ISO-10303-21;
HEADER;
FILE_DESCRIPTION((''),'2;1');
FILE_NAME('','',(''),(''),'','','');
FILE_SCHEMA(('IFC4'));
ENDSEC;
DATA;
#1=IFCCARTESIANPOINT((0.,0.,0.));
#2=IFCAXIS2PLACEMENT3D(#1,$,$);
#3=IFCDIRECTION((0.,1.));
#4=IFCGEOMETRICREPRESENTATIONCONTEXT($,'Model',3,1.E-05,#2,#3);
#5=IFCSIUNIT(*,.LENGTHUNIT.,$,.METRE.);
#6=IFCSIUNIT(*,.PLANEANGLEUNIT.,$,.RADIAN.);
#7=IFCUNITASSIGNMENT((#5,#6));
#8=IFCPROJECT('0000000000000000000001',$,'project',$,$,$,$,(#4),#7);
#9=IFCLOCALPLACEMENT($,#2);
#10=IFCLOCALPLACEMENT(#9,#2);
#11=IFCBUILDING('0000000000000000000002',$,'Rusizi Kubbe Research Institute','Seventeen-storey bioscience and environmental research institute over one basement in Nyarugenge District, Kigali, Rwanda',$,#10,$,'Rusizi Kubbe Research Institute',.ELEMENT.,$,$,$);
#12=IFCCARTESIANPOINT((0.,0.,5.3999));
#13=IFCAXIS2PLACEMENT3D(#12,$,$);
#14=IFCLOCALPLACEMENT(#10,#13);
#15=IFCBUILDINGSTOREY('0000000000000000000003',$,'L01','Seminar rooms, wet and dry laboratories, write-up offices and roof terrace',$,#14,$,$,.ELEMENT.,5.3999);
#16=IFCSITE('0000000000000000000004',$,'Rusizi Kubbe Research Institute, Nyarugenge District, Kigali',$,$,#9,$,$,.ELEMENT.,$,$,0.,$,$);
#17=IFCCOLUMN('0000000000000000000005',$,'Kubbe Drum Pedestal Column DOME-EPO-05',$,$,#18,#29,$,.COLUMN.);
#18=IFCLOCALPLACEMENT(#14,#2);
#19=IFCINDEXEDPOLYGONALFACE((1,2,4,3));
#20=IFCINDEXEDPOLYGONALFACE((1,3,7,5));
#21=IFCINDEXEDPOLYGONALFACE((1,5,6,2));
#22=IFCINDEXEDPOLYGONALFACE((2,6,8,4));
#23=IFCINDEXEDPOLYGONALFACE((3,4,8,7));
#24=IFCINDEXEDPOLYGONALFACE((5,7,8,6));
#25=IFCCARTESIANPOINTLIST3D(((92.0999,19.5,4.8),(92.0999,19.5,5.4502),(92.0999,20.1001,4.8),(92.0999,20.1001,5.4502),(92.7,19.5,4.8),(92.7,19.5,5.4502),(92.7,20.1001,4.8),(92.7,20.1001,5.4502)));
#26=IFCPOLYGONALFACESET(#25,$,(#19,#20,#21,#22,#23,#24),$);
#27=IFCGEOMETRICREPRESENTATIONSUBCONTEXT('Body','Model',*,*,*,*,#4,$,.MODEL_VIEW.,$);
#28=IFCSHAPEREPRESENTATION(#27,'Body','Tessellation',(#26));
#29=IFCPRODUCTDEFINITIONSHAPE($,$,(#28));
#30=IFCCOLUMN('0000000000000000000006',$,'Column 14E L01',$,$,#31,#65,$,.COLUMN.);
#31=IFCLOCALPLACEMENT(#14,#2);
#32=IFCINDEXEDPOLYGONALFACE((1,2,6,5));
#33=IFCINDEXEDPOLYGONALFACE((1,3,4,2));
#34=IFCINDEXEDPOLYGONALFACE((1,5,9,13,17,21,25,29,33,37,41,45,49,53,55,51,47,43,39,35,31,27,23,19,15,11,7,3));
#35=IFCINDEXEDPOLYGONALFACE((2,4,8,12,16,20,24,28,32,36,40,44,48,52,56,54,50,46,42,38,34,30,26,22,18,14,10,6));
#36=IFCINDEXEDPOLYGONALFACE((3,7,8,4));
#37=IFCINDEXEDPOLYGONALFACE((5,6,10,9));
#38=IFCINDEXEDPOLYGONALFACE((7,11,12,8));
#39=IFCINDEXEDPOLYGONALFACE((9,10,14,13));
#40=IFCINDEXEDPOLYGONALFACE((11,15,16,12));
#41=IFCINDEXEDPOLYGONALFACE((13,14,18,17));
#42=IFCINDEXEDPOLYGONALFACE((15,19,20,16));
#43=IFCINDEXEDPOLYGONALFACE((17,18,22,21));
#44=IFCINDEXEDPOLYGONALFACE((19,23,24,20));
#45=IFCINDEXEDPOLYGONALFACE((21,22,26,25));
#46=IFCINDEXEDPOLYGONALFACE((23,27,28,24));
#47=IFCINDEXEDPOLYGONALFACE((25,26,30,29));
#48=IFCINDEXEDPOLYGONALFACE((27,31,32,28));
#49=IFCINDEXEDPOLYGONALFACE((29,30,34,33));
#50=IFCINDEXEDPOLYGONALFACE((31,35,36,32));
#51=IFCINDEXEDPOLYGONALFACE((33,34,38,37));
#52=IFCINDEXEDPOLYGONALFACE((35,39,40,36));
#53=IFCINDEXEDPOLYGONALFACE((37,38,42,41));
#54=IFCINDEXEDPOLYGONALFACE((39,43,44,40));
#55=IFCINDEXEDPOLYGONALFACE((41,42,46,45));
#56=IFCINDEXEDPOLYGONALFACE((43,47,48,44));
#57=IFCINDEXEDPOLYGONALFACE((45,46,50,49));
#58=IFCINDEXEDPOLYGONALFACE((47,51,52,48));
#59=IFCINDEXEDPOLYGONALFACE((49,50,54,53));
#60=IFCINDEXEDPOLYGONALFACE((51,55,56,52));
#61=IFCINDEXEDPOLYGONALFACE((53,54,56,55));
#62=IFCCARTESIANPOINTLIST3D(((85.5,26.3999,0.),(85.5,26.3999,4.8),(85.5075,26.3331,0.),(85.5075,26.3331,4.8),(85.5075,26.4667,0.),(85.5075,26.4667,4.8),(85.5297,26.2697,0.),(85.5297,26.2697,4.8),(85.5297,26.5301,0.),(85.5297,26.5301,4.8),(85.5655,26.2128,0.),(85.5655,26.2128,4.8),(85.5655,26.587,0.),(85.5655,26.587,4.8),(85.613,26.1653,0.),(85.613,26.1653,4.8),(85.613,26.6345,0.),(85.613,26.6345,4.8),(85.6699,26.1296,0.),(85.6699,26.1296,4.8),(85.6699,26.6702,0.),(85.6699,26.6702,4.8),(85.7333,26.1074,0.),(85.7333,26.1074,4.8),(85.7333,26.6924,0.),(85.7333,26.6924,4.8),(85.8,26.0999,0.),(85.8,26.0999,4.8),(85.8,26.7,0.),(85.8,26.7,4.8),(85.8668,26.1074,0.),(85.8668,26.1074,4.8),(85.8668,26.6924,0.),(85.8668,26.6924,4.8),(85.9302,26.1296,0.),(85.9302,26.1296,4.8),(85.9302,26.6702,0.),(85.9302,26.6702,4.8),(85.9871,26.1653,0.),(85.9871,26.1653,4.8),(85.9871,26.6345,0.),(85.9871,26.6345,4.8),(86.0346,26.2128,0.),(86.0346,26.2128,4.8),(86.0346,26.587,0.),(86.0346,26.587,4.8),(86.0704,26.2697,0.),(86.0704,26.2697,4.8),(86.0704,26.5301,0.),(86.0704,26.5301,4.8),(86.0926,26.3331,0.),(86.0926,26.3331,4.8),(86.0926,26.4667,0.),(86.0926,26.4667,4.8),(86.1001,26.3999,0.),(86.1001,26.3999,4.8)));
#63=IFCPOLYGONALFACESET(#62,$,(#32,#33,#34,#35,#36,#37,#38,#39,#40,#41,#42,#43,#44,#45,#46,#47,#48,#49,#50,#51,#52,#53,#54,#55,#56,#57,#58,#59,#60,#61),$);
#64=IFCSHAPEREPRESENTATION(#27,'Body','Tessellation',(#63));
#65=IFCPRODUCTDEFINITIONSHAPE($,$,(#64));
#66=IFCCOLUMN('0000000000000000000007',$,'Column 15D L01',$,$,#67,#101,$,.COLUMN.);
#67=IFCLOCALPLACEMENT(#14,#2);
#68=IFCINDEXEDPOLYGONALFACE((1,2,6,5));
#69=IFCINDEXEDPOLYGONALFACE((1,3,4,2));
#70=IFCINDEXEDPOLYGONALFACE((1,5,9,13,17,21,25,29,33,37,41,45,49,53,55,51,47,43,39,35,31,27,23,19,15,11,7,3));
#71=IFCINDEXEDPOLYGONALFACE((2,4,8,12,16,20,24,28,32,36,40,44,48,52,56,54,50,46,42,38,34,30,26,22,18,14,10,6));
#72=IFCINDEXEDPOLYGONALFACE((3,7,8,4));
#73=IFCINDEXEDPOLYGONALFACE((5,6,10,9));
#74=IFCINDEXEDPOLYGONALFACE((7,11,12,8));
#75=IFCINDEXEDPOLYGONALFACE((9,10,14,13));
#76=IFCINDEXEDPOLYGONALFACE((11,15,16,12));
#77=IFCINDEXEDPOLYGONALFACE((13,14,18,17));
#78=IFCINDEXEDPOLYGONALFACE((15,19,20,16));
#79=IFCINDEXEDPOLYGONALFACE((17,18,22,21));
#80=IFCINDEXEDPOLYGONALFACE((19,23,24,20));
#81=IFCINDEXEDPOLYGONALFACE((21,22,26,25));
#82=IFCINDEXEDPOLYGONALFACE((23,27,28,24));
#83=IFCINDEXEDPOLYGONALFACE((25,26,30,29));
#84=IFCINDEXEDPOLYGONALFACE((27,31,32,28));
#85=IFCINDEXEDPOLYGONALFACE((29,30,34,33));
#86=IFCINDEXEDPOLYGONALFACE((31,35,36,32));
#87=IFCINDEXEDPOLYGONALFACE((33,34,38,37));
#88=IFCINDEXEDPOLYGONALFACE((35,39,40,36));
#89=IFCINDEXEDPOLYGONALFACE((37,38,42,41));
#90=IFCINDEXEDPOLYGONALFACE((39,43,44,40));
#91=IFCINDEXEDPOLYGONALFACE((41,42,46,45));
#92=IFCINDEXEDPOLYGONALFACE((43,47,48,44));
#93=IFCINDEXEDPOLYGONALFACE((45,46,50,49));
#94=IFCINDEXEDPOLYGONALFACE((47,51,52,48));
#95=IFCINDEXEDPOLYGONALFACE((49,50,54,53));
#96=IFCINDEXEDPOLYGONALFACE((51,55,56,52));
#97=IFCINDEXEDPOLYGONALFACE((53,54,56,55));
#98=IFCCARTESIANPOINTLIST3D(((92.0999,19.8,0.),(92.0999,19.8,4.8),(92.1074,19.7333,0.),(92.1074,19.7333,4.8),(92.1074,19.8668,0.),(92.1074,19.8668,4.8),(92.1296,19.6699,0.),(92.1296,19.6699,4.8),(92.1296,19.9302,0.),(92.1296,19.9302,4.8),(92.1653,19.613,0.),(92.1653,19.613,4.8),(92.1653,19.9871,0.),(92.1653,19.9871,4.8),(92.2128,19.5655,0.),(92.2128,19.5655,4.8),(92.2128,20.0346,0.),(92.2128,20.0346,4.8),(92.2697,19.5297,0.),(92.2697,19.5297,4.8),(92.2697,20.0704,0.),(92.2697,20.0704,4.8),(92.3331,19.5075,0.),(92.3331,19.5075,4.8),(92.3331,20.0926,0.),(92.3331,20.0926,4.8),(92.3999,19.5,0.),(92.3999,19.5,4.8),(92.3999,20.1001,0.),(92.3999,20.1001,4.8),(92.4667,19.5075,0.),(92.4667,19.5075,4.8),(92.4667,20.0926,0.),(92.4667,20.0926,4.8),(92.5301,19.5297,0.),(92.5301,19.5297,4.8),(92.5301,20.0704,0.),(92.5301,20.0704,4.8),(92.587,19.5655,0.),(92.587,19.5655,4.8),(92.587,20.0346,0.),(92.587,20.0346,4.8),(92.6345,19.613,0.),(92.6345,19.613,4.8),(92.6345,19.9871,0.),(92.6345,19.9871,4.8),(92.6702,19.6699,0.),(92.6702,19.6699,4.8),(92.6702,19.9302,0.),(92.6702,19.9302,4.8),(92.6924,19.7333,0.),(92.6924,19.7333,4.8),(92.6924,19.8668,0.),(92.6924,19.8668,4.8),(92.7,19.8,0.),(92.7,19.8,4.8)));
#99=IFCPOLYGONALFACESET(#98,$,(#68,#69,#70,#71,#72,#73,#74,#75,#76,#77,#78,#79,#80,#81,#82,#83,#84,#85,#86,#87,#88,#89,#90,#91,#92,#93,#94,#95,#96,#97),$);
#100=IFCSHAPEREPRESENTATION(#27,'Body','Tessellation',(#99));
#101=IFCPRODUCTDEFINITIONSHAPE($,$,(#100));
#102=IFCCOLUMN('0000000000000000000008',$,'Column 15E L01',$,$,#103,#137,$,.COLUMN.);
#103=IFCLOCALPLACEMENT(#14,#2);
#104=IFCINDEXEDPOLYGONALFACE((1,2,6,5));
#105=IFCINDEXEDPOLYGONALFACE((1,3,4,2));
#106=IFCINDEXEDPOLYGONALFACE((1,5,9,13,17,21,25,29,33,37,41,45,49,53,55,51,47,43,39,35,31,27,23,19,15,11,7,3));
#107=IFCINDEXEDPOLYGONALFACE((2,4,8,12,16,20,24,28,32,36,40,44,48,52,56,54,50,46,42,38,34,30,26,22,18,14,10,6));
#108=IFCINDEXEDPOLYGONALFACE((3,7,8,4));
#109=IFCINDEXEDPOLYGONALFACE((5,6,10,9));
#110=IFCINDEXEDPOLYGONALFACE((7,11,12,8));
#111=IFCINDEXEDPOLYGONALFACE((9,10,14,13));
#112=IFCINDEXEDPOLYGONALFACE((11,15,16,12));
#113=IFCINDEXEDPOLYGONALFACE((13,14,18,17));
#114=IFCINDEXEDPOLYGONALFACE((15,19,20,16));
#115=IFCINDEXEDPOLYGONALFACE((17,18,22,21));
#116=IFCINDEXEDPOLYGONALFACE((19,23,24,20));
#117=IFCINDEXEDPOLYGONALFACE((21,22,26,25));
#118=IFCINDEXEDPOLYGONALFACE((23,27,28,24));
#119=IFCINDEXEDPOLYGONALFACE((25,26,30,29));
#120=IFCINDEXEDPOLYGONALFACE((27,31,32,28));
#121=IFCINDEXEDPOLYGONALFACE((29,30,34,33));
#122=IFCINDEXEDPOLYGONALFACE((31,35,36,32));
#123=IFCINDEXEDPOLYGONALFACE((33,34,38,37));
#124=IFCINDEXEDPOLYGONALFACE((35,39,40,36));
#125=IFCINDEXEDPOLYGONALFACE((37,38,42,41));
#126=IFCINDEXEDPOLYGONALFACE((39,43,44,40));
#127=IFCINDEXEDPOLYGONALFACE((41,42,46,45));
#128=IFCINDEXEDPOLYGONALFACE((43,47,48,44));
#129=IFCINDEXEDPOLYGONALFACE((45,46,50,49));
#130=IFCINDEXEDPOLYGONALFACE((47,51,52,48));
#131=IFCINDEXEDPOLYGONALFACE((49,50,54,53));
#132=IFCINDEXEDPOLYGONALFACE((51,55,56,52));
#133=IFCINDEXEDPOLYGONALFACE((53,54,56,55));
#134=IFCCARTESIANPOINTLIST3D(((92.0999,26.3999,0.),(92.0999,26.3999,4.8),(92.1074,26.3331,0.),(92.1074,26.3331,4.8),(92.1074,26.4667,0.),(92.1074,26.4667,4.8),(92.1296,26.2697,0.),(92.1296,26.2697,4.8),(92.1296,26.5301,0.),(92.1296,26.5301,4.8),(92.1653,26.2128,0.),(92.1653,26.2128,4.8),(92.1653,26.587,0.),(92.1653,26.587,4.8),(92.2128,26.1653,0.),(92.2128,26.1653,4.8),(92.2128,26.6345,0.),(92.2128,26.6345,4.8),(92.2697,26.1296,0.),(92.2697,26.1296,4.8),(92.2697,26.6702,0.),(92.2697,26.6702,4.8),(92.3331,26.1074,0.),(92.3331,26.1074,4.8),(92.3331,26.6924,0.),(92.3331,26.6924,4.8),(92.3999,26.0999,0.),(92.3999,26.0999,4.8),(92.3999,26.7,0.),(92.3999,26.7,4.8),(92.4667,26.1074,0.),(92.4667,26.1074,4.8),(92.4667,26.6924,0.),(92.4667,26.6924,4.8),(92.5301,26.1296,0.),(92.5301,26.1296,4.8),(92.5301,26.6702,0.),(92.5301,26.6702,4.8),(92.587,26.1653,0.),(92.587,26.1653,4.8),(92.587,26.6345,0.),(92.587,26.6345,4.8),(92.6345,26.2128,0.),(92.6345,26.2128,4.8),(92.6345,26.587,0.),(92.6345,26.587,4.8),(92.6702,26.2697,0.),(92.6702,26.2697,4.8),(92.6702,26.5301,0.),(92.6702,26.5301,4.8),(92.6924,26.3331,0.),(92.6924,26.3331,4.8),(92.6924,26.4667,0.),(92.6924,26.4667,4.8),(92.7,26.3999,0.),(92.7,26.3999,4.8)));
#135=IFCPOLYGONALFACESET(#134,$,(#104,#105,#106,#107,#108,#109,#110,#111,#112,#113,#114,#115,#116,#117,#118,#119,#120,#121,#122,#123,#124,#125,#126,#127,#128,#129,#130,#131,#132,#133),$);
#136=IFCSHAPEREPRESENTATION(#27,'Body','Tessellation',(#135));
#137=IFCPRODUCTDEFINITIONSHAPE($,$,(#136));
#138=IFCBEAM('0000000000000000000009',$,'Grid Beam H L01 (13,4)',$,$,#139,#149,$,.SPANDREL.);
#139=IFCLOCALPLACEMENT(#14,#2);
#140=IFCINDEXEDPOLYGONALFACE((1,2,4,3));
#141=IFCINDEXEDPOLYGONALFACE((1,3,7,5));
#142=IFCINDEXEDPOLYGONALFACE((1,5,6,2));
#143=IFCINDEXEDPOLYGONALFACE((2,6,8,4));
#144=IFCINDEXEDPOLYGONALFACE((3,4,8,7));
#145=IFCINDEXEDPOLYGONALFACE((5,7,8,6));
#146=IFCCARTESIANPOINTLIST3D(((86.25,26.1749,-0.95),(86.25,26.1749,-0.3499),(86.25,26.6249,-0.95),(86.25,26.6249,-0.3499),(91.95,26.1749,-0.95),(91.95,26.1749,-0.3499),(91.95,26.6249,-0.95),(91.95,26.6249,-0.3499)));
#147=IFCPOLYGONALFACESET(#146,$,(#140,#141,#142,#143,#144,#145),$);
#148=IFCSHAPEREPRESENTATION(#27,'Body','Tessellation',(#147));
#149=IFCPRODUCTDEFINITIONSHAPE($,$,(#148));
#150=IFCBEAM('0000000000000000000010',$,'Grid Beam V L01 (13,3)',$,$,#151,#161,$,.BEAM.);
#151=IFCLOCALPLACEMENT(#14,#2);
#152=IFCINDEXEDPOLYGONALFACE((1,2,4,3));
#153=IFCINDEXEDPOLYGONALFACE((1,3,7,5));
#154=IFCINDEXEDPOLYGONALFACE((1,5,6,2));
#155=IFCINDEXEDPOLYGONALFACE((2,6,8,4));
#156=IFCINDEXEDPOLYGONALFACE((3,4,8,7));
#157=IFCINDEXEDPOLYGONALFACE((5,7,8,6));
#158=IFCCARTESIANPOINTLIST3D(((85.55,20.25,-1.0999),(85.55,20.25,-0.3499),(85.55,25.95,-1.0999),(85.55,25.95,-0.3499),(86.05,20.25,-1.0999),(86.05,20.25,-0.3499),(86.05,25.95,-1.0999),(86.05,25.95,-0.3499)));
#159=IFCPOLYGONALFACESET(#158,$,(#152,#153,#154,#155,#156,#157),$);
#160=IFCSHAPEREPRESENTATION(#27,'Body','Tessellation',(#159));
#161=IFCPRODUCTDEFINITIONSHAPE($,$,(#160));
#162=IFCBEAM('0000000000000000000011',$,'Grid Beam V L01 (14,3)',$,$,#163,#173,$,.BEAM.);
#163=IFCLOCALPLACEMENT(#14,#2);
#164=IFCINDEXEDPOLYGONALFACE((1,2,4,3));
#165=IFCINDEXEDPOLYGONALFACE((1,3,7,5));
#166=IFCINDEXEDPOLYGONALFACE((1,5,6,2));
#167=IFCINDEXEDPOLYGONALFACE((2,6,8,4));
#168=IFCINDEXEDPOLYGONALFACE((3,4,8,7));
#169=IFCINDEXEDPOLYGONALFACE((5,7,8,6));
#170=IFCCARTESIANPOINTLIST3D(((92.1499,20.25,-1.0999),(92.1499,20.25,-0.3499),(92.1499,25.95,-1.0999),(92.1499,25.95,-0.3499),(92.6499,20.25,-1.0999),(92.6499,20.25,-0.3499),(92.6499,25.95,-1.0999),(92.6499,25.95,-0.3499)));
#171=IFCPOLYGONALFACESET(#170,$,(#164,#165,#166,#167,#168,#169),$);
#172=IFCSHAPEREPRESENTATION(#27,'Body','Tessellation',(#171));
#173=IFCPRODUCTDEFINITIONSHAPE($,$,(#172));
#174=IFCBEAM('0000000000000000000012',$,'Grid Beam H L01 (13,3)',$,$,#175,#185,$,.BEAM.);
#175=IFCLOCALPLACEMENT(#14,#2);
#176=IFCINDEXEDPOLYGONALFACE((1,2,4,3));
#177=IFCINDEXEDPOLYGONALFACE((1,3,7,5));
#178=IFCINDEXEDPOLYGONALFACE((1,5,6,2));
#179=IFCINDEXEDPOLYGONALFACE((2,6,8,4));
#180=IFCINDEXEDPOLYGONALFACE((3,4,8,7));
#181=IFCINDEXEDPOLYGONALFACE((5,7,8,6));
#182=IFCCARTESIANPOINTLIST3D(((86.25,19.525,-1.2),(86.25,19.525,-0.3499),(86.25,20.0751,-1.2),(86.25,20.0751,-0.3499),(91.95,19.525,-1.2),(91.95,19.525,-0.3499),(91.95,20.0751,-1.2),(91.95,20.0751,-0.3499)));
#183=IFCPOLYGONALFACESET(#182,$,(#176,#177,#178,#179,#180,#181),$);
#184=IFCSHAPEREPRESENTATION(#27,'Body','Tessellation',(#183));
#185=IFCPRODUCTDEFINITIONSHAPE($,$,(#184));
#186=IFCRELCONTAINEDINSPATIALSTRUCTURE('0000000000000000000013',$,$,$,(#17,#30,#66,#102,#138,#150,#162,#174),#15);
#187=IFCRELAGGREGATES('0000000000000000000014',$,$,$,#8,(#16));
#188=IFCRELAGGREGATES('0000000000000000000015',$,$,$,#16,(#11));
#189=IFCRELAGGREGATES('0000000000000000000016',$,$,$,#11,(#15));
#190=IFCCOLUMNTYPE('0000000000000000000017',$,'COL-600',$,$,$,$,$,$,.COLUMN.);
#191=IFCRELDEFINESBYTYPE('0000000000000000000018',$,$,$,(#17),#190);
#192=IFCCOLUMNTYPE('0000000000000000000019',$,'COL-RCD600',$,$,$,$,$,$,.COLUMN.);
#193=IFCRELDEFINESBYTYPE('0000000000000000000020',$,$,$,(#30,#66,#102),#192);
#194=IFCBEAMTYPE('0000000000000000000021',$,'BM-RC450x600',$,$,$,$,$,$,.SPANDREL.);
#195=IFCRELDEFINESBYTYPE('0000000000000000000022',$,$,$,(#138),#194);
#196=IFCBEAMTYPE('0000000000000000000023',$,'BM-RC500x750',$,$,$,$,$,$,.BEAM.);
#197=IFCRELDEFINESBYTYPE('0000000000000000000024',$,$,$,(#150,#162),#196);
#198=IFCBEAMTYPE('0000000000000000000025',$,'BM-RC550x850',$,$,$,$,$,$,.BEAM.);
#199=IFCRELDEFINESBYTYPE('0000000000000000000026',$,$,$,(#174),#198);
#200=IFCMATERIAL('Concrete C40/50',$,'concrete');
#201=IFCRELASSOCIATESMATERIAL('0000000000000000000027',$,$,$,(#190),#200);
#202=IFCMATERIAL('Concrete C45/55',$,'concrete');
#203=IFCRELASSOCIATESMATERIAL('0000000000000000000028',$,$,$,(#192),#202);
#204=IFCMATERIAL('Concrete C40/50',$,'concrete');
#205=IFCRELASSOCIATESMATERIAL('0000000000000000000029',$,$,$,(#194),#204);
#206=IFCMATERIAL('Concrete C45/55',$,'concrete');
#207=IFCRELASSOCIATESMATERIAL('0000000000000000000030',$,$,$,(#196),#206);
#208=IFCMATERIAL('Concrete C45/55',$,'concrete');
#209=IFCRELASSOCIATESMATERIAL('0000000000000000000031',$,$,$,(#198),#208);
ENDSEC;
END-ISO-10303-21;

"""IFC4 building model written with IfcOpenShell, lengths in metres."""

from ifc_helpers import new_model, si_unit, direction, frame, origin, origin_2d, place, context, subcontext, project, spatial, rectangle, circle, extrude, material, material_profile, profile_set, type_object, element, save


model = new_model("IFC4")

# Units and contexts
model_context = context("Model", 3, precision=1e-05, world=origin(), true_north=direction((0.0, 1.0)))
body_context = subcontext(model_context, "Body", "Model", "MODEL_VIEW")
ifc_project = project(units=[si_unit("LENGTHUNIT", "METRE"), si_unit("PLANEANGLEUNIT", "RADIAN")], contexts=[model_context])

# Site, building, storey
site_placement = place(None, origin())
site = spatial("IfcSite", under=ifc_project, at=site_placement, Name="Rusizi Kubbe Research Institute, Nyarugenge District, Kigali", CompositionType="ELEMENT", RefElevation=0.0)
building_placement = place(site_placement, origin())
building = spatial("IfcBuilding", under=site, at=building_placement, Name="Rusizi Kubbe Research Institute", Description="Seventeen-storey bioscience and environmental research institute over one basement in Nyarugenge District, Kigali, Rwanda", LongName="Rusizi Kubbe Research Institute", CompositionType="ELEMENT")
storey_placement = place(building_placement, frame((0.0, 0.0, 5.3999)))
storey = spatial("IfcBuildingStorey", under=building, at=storey_placement, Name="L01", Description="Seminar rooms, wet and dry laboratories, write-up offices and roof terrace", CompositionType="ELEMENT", Elevation=5.3999)

# Columns
ifc_material_1 = material(Name="Concrete C40/50", Category="concrete")
ifc_material_profile_1 = material_profile(ifc_material_1, rectangle(XDim=0.6001, YDim=0.6001, at=origin_2d()), Name="RC600x600")
ifc_profile_set_1 = profile_set([ifc_material_profile_1], Name="Concrete C40/50")
column_type_1 = type_object("IfcColumnType", Name="COL-600", PredefinedType="COLUMN", material=ifc_profile_set_1)
column_placement = place(storey_placement, frame((92.3999, 19.8, 4.8), z_axis=(0.0, 0.0, 1.0), x_axis=(1.0, 0.0, 0.0)))
element("IfcColumn", 1, at=column_placement, inside=storey, type_object=column_type_1, Name="Kubbe Drum Pedestal Column DOME-EPO-05", PredefinedType="COLUMN", context=body_context, shape_type="SweptSolid", body=[
    extrude(rectangle(XDim=0.6001, YDim=0.6001, at=origin_2d()), origin(), (0.0, 0.0, 1.0), 0.6501),
])
ifc_material_2 = material(Name="Concrete C45/55", Category="concrete")
ifc_material_profile_2 = material_profile(ifc_material_2, circle(Radius=0.3, at=origin_2d()), Name="RCD600")
ifc_profile_set_2 = profile_set([ifc_material_profile_2], Name="Concrete C45/55")
column_type_2 = type_object("IfcColumnType", Name="COL-RCD600", PredefinedType="COLUMN", material=ifc_profile_set_2)
for number, where, z_axis, x_axis, name in (
    (2, (85.8, 26.3999, 0.0), (0.0, 0.0, 1.0), (1.0, 0.0, 0.0), "Column 14E L01"),
    (3, (92.3999, 19.8, 0.0), (0.0, 0.0, 1.0), (1.0, 0.0, 0.0), "Column 15D L01"),
    (4, (92.3999, 26.3999, 0.0), (0.0, 0.0, 1.0), (1.0, 0.0, 0.0), "Column 15E L01"),
):
    element("IfcColumn", number, at=place(storey_placement, frame(where, z_axis=z_axis, x_axis=x_axis)), inside=storey, type_object=column_type_2, Name=name, PredefinedType="COLUMN", context=body_context, shape_type="SweptSolid", body=[
        extrude(circle(Radius=0.3, at=origin_2d()), origin(), (0.0, 0.0, 1.0), 4.8),
    ])

# Beams
ifc_material_3 = material(Name="Concrete C40/50", Category="concrete")
ifc_material_profile_3 = material_profile(ifc_material_3, rectangle(XDim=0.45, YDim=0.6001, at=origin_2d()), Name="RC450x600")
ifc_profile_set_3 = profile_set([ifc_material_profile_3], Name="Concrete C40/50")
beam_type_1 = type_object("IfcBeamType", Name="BM-RC450x600", PredefinedType="SPANDREL", material=ifc_profile_set_3)
beam_1_placement = place(storey_placement, frame((86.25, 26.3999, -0.6499), z_axis=(1.0, 0.0, 0.0), x_axis=(0.0, 1.0, 0.0)))
element("IfcBeam", 5, at=beam_1_placement, inside=storey, type_object=beam_type_1, Name="Grid Beam H L01 (13,4)", PredefinedType="SPANDREL", context=body_context, shape_type="SweptSolid", body=[
    extrude(rectangle(XDim=0.45, YDim=0.6001, at=origin_2d()), origin(), (0.0, 0.0, 1.0), 5.7),
])
ifc_material_4 = material(Name="Concrete C45/55", Category="concrete")
ifc_material_profile_4 = material_profile(ifc_material_4, rectangle(XDim=0.5, YDim=0.75, at=origin_2d()), Name="RC500x750B")
ifc_profile_set_4 = profile_set([ifc_material_profile_4], Name="Concrete C45/55")
beam_type_2 = type_object("IfcBeamType", Name="BM-RC500x750", PredefinedType="BEAM", material=ifc_profile_set_4)
for number, where, z_axis, x_axis, name in (
    (6, (85.8, 20.25, -0.7249), (0.0, 1.0, 0.0), (-1.0, 0.0, 0.0), "Grid Beam V L01 (13,3)"),
    (7, (92.3999, 20.25, -0.7249), (0.0, 1.0, 0.0), (-1.0, 0.0, 0.0), "Grid Beam V L01 (14,3)"),
):
    element("IfcBeam", number, at=place(storey_placement, frame(where, z_axis=z_axis, x_axis=x_axis)), inside=storey, type_object=beam_type_2, Name=name, PredefinedType="BEAM", context=body_context, shape_type="SweptSolid", body=[
        extrude(rectangle(XDim=0.5, YDim=0.75, at=origin_2d()), origin(), (0.0, 0.0, 1.0), 5.7),
    ])
ifc_material_5 = material(Name="Concrete C45/55", Category="concrete")
ifc_material_profile_5 = material_profile(ifc_material_5, rectangle(XDim=0.55, YDim=0.8501, at=origin_2d()), Name="RC550x850")
ifc_profile_set_5 = profile_set([ifc_material_profile_5], Name="Concrete C45/55")
beam_type_3 = type_object("IfcBeamType", Name="BM-RC550x850", PredefinedType="BEAM", material=ifc_profile_set_5)
beam_2_placement = place(storey_placement, frame((86.25, 19.8, -0.7749), z_axis=(1.0, 0.0, 0.0), x_axis=(0.0, 1.0, 0.0)))
element("IfcBeam", 8, at=beam_2_placement, inside=storey, type_object=beam_type_3, Name="Grid Beam H L01 (13,3)", PredefinedType="BEAM", context=body_context, shape_type="SweptSolid", body=[
    extrude(rectangle(XDim=0.55, YDim=0.8501, at=origin_2d()), origin(), (0.0, 0.0, 1.0), 5.7),
])

save(model, "model.ifc")
